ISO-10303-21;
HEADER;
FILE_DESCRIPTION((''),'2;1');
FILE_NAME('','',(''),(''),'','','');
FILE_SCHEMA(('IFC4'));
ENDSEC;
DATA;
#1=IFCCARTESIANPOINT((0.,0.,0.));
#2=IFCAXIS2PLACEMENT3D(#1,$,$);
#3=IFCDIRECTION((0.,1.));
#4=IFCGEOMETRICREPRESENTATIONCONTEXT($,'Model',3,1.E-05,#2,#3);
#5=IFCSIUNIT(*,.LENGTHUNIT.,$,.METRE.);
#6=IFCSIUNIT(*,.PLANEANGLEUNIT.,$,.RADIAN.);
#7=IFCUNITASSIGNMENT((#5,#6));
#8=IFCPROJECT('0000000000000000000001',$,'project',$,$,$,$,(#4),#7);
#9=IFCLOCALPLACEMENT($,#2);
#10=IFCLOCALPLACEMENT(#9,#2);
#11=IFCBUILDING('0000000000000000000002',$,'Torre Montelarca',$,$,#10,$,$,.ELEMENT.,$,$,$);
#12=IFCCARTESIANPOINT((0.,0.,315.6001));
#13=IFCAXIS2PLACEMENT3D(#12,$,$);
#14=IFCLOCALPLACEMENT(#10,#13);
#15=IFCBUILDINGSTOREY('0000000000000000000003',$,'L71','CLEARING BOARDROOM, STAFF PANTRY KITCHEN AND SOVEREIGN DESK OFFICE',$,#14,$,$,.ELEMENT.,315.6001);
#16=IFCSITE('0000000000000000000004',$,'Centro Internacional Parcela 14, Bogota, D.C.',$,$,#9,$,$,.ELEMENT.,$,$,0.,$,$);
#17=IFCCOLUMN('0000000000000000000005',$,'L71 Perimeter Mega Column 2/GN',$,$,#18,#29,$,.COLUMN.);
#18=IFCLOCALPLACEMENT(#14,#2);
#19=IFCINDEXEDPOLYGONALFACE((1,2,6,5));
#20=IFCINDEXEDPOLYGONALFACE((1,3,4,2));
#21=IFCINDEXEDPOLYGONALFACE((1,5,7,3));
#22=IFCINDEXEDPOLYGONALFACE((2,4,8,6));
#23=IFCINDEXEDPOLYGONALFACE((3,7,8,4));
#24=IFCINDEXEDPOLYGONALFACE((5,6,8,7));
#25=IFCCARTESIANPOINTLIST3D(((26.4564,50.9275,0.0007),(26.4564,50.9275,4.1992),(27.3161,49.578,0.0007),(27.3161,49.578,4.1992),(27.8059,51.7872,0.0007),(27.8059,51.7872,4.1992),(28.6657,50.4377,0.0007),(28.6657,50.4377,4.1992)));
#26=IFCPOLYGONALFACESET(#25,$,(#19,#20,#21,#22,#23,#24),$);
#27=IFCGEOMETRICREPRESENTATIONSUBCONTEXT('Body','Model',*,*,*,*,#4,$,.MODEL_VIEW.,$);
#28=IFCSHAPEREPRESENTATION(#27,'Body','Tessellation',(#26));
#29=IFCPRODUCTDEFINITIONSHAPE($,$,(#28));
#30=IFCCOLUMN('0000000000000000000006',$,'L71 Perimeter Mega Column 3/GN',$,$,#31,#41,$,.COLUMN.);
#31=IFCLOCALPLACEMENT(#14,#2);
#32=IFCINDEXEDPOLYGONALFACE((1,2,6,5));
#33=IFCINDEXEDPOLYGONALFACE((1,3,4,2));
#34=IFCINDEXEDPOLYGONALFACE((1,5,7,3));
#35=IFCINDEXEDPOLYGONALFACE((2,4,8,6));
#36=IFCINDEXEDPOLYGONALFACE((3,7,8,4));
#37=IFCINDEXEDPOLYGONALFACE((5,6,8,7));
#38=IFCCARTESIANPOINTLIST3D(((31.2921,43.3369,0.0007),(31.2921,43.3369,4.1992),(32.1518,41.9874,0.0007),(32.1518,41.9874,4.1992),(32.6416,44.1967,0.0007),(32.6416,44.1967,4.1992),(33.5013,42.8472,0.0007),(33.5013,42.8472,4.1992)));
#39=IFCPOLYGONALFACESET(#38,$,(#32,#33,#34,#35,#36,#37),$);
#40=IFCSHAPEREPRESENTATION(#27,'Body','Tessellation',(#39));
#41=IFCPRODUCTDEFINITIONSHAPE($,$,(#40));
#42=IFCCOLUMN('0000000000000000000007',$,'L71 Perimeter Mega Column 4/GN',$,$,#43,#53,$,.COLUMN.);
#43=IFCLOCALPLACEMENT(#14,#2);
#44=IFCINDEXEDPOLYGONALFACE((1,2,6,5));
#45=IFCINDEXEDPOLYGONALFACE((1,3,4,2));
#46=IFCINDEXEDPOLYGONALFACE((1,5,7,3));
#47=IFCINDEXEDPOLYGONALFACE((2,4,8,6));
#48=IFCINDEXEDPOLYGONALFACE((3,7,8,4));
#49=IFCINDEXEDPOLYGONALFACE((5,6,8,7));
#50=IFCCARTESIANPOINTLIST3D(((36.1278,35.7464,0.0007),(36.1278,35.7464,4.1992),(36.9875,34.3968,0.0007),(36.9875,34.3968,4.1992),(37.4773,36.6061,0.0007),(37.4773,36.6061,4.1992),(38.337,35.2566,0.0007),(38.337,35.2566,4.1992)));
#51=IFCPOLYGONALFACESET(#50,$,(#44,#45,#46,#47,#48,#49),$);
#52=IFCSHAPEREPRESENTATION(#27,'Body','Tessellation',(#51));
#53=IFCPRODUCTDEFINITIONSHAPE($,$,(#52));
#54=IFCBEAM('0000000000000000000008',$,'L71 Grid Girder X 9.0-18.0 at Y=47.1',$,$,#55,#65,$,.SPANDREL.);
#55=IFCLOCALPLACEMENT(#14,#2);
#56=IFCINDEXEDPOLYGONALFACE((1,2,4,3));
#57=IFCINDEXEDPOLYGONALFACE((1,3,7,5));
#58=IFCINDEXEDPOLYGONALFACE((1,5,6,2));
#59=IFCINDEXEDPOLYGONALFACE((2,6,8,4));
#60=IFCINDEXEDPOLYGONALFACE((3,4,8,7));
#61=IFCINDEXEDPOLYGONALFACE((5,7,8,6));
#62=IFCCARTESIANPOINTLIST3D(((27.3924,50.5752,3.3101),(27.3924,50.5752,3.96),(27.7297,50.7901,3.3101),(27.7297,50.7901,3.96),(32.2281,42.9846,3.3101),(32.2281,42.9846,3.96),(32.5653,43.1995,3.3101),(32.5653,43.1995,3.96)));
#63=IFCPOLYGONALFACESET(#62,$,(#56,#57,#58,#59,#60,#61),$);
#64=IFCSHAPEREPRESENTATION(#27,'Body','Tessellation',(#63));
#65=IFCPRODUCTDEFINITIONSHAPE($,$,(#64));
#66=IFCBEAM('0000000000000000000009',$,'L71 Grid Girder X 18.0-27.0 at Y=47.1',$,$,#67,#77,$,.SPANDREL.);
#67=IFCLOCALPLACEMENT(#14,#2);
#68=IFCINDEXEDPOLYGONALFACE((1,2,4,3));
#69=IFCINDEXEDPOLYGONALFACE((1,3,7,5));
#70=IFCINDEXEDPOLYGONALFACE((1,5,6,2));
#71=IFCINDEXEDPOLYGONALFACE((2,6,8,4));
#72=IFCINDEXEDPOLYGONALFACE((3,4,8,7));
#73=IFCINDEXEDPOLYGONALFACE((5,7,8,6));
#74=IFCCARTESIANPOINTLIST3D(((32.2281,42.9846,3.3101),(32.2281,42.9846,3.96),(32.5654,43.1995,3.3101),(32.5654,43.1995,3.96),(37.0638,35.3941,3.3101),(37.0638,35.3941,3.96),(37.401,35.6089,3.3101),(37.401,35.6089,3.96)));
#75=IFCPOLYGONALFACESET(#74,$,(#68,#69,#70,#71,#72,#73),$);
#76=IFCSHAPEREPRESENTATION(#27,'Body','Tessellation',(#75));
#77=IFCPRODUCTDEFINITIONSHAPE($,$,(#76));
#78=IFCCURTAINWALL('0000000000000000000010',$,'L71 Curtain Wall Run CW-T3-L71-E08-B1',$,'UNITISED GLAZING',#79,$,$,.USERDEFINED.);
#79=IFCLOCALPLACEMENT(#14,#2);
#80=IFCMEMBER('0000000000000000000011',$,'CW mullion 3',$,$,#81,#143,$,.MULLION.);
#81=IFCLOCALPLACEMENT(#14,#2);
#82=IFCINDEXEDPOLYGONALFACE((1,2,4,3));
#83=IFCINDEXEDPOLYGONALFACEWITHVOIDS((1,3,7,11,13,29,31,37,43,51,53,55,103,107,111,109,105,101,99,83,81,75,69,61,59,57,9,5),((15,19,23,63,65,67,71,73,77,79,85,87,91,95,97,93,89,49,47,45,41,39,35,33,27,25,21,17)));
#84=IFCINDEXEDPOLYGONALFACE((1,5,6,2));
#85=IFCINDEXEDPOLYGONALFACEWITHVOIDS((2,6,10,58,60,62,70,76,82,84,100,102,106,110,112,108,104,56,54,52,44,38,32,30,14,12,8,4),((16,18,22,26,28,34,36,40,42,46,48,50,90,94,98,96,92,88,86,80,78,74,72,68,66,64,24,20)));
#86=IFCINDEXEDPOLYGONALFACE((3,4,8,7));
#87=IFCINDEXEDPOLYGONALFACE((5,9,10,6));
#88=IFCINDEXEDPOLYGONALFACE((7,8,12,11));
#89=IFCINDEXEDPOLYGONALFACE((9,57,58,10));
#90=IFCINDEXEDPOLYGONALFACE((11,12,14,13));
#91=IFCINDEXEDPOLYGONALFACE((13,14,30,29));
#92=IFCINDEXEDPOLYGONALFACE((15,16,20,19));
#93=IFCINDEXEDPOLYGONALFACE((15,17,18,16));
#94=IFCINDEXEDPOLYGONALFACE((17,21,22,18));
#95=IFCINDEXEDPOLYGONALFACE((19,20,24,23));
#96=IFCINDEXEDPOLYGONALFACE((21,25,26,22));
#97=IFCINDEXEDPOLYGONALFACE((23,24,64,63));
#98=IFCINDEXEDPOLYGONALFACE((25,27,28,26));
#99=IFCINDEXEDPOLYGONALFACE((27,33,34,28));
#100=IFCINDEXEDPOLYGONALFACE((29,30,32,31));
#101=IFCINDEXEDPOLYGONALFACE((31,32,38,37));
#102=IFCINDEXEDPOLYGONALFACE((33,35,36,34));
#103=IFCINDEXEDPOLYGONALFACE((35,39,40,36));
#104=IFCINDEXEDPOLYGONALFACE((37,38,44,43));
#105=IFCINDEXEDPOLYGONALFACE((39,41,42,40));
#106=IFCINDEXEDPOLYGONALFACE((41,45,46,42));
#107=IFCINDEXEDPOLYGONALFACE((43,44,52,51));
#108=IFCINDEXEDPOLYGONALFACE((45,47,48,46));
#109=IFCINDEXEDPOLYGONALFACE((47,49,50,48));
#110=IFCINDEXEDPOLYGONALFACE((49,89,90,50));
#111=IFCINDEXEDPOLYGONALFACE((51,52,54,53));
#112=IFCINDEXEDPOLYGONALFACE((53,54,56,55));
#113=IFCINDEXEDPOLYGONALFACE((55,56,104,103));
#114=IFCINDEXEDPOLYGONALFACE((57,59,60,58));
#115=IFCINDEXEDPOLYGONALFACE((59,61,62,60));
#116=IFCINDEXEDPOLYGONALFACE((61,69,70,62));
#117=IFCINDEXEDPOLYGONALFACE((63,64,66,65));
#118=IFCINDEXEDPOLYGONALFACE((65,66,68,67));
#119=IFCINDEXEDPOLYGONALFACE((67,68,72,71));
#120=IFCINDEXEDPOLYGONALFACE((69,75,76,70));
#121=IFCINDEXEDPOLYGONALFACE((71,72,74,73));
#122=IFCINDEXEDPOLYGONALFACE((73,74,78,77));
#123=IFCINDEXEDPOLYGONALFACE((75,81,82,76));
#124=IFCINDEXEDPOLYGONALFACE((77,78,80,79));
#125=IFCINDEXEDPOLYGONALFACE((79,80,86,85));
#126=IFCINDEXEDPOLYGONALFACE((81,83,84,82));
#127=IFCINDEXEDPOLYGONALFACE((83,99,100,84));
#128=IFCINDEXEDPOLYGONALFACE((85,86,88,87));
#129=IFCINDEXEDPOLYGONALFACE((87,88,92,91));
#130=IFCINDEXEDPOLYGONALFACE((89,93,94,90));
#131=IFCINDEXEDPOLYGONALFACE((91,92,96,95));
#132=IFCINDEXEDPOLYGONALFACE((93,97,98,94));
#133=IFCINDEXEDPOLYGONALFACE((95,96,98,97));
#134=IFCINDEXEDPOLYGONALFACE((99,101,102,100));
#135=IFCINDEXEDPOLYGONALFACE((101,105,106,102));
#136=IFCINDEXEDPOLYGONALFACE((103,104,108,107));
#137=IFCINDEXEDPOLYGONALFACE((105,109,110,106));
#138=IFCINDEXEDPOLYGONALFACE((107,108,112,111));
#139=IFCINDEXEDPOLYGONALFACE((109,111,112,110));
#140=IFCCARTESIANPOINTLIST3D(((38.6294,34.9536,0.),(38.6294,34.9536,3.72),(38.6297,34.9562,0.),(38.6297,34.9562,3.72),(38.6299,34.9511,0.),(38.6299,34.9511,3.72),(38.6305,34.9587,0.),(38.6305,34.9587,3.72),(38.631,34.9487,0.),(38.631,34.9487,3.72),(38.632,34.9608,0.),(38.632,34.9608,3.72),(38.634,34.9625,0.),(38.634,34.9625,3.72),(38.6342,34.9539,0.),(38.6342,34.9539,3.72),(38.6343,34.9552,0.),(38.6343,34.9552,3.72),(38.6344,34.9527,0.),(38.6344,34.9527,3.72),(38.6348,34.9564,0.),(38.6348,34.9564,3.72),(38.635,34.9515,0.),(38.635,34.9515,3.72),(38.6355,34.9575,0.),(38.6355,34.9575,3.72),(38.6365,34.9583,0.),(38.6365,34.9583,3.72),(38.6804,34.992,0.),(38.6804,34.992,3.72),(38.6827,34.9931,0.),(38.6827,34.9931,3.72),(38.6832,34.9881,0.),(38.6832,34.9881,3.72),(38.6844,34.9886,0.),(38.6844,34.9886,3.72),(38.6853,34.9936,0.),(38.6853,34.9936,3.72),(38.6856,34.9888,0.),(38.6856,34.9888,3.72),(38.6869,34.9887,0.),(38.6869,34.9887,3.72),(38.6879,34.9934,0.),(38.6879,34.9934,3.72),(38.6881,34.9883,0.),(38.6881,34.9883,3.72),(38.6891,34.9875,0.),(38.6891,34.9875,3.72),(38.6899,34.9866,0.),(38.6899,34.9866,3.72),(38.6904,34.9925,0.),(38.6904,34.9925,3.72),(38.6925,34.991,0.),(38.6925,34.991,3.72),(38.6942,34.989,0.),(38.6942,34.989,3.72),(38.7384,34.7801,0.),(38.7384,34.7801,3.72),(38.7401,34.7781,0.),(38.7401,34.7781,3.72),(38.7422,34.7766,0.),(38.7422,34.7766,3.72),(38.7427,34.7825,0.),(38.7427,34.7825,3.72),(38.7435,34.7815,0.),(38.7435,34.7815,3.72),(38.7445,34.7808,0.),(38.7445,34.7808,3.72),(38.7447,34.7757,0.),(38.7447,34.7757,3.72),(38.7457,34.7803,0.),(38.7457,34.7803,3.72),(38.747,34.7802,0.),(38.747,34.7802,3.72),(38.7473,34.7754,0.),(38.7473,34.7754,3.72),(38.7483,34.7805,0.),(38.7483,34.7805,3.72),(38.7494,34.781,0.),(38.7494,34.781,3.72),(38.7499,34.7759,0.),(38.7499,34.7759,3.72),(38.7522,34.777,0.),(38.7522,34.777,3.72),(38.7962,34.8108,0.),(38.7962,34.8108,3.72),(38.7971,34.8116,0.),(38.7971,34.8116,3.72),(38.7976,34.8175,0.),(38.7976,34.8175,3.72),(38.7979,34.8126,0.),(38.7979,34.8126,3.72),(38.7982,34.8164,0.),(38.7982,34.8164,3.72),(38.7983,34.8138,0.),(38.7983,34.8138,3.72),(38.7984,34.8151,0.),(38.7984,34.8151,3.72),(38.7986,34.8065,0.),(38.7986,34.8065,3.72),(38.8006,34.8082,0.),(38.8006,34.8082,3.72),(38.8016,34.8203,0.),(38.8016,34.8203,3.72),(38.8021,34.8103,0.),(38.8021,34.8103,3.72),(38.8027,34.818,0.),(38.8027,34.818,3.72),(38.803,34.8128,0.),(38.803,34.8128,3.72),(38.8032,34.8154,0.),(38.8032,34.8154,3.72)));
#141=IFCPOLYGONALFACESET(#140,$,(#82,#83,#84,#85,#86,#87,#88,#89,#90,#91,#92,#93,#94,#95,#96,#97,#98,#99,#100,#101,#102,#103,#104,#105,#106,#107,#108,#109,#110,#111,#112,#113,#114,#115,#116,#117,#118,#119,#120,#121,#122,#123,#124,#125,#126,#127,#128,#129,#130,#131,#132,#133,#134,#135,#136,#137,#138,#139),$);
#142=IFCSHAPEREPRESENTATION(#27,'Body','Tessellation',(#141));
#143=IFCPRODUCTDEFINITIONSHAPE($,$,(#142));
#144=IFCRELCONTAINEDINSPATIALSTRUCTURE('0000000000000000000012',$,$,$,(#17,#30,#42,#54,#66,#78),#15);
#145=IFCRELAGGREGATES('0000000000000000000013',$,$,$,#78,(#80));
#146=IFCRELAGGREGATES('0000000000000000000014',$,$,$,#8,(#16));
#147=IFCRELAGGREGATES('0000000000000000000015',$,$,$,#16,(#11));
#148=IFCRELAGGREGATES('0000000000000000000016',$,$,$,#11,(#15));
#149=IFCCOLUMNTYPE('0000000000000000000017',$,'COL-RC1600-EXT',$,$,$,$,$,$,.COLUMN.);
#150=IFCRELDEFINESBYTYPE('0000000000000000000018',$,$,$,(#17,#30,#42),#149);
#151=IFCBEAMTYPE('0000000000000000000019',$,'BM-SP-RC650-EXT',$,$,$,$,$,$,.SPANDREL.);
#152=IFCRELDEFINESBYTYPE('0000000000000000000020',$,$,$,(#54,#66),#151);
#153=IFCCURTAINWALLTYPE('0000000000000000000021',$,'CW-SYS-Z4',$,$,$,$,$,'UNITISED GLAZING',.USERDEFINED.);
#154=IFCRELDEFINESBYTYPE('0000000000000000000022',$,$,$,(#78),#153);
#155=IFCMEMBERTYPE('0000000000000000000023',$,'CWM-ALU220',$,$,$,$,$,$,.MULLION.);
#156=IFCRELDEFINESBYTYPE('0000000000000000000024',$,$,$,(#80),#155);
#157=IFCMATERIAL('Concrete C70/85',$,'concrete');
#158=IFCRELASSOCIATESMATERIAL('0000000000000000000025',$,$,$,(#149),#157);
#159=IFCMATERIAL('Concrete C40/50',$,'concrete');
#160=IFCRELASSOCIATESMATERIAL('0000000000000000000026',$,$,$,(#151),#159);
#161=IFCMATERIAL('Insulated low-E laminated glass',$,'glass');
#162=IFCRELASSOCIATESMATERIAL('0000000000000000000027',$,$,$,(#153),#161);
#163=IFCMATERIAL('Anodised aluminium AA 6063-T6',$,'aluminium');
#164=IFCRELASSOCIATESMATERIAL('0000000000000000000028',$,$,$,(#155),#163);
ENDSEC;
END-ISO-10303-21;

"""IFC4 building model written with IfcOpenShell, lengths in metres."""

from ifc_helpers import new_model, si_unit, direction, frame, origin, origin_2d, place, context, subcontext, project, spatial, rectangle, hollow_rectangle, extrude, source, transform, mapped, material, material_profile, profile_set, type_object, element, aggregate, save


model = new_model("IFC4")

# Units and contexts
model_context = context("Model", 3, precision=1e-05, world=origin(), true_north=direction((0.0, 1.0)))
body_context = subcontext(model_context, "Body", "Model", "MODEL_VIEW")
ifc_project = project(units=[si_unit("LENGTHUNIT", "METRE"), si_unit("PLANEANGLEUNIT", "RADIAN")], contexts=[model_context])

# Site, building, storey
site_placement = place(None, origin())
site = spatial("IfcSite", under=ifc_project, at=site_placement, Name="Centro Internacional Parcela 14, Bogota, D.C.", CompositionType="ELEMENT", RefElevation=0.0)
building_placement = place(site_placement, origin())
building = spatial("IfcBuilding", under=site, at=building_placement, Name="Torre Montelarca", CompositionType="ELEMENT")
storey_placement = place(building_placement, frame((0.0, 0.0, 315.6001)))
storey = spatial("IfcBuildingStorey", under=building, at=storey_placement, Name="L71", Description="CLEARING BOARDROOM, STAFF PANTRY KITCHEN AND SOVEREIGN DESK OFFICE", CompositionType="ELEMENT", Elevation=315.6001)

# Columns
ifc_material_1 = material(Name="Concrete C70/85", Category="concrete")
ifc_material_profile_1 = material_profile(ifc_material_1, rectangle(XDim=1.6001, YDim=1.6001, at=origin_2d()), Name="RC1600X1600", Category="concrete")
ifc_profile_set_1 = profile_set([ifc_material_profile_1], Name="Concrete C70/85")
column_type = type_object("IfcColumnType", Name="COL-RC1600-EXT", PredefinedType="COLUMN", material=ifc_profile_set_1)
shared_shape_1 = source(origin(), body_context, "Body", "SweptSolid", [
    extrude(rectangle(XDim=1.6001, YDim=1.6001, at=origin_2d()), origin(), (0.0, 0.0, 1.0), 4.1985),
])
for number, where, z_axis, x_axis, name in (
    (1, (27.561, 50.6826, 0.0007), (0.0, 0.0, 1.0), (-0.5373, 0.843391, 0.0), "L71 Perimeter Mega Column 2/GN"),
    (2, (32.3967, 43.092, 0.0007), (0.0, 0.0, 1.0), (-0.5373, 0.843391, 0.0), "L71 Perimeter Mega Column 3/GN"),
    (3, (37.2324, 35.5015, 0.0007), (0.0, 0.0, 1.0), (-0.5373, 0.843391, 0.0), "L71 Perimeter Mega Column 4/GN"),
):
    element("IfcColumn", number, at=place(storey_placement, frame(where, z_axis=z_axis, x_axis=x_axis)), inside=storey, type_object=column_type, Name=name, PredefinedType="COLUMN", context=body_context, shape_type="MappedRepresentation", body=[
        mapped(shared_shape_1, transform((0.0, 0.0, 0.0), scale=1.0)),
    ])

# Beams
ifc_material_2 = material(Name="Concrete C40/50", Category="concrete")
ifc_material_profile_2 = material_profile(ifc_material_2, rectangle(XDim=0.3999, YDim=0.6499, at=origin_2d()), Name="RCB400X650", Category="concrete")
ifc_profile_set_2 = profile_set([ifc_material_profile_2], Name="Concrete C40/50")
beam_type = type_object("IfcBeamType", Name="BM-SP-RC650-EXT", PredefinedType="SPANDREL", material=ifc_profile_set_2)
shared_shape_2 = source(origin(), body_context, "Body", "SweptSolid", [
    extrude(rectangle(XDim=0.3999, YDim=0.6499, at=origin_2d()), origin(), (0.0, 0.0, 1.0), 9.0),
])
for number, where, z_axis, x_axis, name in (
    (4, (27.561, 50.6826, 3.635), (0.537297, -0.843393, 0.0), (0.843393, 0.537297, 0.0), "L71 Grid Girder X 9.0-18.0 at Y=47.1"),
    (5, (32.3967, 43.092, 3.635), (0.537297, -0.843393, 0.0), (0.843393, 0.537297, 0.0), "L71 Grid Girder X 18.0-27.0 at Y=47.1"),
):
    element("IfcBeam", number, at=place(storey_placement, frame(where, z_axis=z_axis, x_axis=x_axis)), inside=storey, type_object=beam_type, Name=name, PredefinedType="SPANDREL", context=body_context, shape_type="MappedRepresentation", body=[
        mapped(shared_shape_2, transform((0.0, 0.0, 0.0), scale=1.0)),
    ])

# Curtain wall, member
ifc_material_3 = material(Name="Insulated low-E laminated glass", Category="glass")
curtain_wall_type = type_object("IfcCurtainWallType", Name="CW-SYS-Z4", ElementType="UNITISED GLAZING", PredefinedType="USERDEFINED", material=ifc_material_3)
curtain_wall_1_placement = place(storey_placement, origin())
curtain_wall_1 = element("IfcCurtainWall", 6, at=curtain_wall_1_placement, inside=storey, type_object=curtain_wall_type, Name="L71 Curtain Wall Run CW-T3-L71-E08-B1", ObjectType="UNITISED GLAZING", PredefinedType="USERDEFINED")
ifc_material_4 = material(Name="Anodised aluminium AA 6063-T6", Category="aluminium")
ifc_material_profile_3 = material_profile(ifc_material_4, hollow_rectangle(XDim=0.075, YDim=0.22, WallThickness=0.0049, InnerFilletRadius=0.0049, OuterFilletRadius=0.01, at=origin_2d()), Name="ALU75X220X5", Category="aluminium")
ifc_profile_set_3 = profile_set([ifc_material_profile_3], Name="Anodised aluminium AA 6063-T6")
member_type_1 = type_object("IfcMemberType", Name="CWM-ALU220", PredefinedType="MULLION", material=ifc_profile_set_3)
shared_shape_3 = source(origin(), body_context, "Body", "SweptSolid", [
    extrude(hollow_rectangle(XDim=0.075, YDim=0.22, WallThickness=0.0049, InnerFilletRadius=0.0049, OuterFilletRadius=0.01, at=origin_2d()), origin(), (0.0, 0.0, 1.0), 3.72),
])
member_1_placement = place(storey_placement, frame((38.7163, 34.8845, 0.0), z_axis=(0.0, 0.0, 1.0), x_axis=(-0.843392, -0.537299, 0.0)))
member_1 = element("IfcMember", 7, at=member_1_placement, type_object=member_type_1, Name="CW mullion 3", PredefinedType="MULLION", context=body_context, shape_type="MappedRepresentation", body=[
    mapped(shared_shape_3, transform((0.0, 0.0, 0.0), scale=1.0)),
])

aggregate(curtain_wall_1, [member_1])

save(model, "model.ifc")
